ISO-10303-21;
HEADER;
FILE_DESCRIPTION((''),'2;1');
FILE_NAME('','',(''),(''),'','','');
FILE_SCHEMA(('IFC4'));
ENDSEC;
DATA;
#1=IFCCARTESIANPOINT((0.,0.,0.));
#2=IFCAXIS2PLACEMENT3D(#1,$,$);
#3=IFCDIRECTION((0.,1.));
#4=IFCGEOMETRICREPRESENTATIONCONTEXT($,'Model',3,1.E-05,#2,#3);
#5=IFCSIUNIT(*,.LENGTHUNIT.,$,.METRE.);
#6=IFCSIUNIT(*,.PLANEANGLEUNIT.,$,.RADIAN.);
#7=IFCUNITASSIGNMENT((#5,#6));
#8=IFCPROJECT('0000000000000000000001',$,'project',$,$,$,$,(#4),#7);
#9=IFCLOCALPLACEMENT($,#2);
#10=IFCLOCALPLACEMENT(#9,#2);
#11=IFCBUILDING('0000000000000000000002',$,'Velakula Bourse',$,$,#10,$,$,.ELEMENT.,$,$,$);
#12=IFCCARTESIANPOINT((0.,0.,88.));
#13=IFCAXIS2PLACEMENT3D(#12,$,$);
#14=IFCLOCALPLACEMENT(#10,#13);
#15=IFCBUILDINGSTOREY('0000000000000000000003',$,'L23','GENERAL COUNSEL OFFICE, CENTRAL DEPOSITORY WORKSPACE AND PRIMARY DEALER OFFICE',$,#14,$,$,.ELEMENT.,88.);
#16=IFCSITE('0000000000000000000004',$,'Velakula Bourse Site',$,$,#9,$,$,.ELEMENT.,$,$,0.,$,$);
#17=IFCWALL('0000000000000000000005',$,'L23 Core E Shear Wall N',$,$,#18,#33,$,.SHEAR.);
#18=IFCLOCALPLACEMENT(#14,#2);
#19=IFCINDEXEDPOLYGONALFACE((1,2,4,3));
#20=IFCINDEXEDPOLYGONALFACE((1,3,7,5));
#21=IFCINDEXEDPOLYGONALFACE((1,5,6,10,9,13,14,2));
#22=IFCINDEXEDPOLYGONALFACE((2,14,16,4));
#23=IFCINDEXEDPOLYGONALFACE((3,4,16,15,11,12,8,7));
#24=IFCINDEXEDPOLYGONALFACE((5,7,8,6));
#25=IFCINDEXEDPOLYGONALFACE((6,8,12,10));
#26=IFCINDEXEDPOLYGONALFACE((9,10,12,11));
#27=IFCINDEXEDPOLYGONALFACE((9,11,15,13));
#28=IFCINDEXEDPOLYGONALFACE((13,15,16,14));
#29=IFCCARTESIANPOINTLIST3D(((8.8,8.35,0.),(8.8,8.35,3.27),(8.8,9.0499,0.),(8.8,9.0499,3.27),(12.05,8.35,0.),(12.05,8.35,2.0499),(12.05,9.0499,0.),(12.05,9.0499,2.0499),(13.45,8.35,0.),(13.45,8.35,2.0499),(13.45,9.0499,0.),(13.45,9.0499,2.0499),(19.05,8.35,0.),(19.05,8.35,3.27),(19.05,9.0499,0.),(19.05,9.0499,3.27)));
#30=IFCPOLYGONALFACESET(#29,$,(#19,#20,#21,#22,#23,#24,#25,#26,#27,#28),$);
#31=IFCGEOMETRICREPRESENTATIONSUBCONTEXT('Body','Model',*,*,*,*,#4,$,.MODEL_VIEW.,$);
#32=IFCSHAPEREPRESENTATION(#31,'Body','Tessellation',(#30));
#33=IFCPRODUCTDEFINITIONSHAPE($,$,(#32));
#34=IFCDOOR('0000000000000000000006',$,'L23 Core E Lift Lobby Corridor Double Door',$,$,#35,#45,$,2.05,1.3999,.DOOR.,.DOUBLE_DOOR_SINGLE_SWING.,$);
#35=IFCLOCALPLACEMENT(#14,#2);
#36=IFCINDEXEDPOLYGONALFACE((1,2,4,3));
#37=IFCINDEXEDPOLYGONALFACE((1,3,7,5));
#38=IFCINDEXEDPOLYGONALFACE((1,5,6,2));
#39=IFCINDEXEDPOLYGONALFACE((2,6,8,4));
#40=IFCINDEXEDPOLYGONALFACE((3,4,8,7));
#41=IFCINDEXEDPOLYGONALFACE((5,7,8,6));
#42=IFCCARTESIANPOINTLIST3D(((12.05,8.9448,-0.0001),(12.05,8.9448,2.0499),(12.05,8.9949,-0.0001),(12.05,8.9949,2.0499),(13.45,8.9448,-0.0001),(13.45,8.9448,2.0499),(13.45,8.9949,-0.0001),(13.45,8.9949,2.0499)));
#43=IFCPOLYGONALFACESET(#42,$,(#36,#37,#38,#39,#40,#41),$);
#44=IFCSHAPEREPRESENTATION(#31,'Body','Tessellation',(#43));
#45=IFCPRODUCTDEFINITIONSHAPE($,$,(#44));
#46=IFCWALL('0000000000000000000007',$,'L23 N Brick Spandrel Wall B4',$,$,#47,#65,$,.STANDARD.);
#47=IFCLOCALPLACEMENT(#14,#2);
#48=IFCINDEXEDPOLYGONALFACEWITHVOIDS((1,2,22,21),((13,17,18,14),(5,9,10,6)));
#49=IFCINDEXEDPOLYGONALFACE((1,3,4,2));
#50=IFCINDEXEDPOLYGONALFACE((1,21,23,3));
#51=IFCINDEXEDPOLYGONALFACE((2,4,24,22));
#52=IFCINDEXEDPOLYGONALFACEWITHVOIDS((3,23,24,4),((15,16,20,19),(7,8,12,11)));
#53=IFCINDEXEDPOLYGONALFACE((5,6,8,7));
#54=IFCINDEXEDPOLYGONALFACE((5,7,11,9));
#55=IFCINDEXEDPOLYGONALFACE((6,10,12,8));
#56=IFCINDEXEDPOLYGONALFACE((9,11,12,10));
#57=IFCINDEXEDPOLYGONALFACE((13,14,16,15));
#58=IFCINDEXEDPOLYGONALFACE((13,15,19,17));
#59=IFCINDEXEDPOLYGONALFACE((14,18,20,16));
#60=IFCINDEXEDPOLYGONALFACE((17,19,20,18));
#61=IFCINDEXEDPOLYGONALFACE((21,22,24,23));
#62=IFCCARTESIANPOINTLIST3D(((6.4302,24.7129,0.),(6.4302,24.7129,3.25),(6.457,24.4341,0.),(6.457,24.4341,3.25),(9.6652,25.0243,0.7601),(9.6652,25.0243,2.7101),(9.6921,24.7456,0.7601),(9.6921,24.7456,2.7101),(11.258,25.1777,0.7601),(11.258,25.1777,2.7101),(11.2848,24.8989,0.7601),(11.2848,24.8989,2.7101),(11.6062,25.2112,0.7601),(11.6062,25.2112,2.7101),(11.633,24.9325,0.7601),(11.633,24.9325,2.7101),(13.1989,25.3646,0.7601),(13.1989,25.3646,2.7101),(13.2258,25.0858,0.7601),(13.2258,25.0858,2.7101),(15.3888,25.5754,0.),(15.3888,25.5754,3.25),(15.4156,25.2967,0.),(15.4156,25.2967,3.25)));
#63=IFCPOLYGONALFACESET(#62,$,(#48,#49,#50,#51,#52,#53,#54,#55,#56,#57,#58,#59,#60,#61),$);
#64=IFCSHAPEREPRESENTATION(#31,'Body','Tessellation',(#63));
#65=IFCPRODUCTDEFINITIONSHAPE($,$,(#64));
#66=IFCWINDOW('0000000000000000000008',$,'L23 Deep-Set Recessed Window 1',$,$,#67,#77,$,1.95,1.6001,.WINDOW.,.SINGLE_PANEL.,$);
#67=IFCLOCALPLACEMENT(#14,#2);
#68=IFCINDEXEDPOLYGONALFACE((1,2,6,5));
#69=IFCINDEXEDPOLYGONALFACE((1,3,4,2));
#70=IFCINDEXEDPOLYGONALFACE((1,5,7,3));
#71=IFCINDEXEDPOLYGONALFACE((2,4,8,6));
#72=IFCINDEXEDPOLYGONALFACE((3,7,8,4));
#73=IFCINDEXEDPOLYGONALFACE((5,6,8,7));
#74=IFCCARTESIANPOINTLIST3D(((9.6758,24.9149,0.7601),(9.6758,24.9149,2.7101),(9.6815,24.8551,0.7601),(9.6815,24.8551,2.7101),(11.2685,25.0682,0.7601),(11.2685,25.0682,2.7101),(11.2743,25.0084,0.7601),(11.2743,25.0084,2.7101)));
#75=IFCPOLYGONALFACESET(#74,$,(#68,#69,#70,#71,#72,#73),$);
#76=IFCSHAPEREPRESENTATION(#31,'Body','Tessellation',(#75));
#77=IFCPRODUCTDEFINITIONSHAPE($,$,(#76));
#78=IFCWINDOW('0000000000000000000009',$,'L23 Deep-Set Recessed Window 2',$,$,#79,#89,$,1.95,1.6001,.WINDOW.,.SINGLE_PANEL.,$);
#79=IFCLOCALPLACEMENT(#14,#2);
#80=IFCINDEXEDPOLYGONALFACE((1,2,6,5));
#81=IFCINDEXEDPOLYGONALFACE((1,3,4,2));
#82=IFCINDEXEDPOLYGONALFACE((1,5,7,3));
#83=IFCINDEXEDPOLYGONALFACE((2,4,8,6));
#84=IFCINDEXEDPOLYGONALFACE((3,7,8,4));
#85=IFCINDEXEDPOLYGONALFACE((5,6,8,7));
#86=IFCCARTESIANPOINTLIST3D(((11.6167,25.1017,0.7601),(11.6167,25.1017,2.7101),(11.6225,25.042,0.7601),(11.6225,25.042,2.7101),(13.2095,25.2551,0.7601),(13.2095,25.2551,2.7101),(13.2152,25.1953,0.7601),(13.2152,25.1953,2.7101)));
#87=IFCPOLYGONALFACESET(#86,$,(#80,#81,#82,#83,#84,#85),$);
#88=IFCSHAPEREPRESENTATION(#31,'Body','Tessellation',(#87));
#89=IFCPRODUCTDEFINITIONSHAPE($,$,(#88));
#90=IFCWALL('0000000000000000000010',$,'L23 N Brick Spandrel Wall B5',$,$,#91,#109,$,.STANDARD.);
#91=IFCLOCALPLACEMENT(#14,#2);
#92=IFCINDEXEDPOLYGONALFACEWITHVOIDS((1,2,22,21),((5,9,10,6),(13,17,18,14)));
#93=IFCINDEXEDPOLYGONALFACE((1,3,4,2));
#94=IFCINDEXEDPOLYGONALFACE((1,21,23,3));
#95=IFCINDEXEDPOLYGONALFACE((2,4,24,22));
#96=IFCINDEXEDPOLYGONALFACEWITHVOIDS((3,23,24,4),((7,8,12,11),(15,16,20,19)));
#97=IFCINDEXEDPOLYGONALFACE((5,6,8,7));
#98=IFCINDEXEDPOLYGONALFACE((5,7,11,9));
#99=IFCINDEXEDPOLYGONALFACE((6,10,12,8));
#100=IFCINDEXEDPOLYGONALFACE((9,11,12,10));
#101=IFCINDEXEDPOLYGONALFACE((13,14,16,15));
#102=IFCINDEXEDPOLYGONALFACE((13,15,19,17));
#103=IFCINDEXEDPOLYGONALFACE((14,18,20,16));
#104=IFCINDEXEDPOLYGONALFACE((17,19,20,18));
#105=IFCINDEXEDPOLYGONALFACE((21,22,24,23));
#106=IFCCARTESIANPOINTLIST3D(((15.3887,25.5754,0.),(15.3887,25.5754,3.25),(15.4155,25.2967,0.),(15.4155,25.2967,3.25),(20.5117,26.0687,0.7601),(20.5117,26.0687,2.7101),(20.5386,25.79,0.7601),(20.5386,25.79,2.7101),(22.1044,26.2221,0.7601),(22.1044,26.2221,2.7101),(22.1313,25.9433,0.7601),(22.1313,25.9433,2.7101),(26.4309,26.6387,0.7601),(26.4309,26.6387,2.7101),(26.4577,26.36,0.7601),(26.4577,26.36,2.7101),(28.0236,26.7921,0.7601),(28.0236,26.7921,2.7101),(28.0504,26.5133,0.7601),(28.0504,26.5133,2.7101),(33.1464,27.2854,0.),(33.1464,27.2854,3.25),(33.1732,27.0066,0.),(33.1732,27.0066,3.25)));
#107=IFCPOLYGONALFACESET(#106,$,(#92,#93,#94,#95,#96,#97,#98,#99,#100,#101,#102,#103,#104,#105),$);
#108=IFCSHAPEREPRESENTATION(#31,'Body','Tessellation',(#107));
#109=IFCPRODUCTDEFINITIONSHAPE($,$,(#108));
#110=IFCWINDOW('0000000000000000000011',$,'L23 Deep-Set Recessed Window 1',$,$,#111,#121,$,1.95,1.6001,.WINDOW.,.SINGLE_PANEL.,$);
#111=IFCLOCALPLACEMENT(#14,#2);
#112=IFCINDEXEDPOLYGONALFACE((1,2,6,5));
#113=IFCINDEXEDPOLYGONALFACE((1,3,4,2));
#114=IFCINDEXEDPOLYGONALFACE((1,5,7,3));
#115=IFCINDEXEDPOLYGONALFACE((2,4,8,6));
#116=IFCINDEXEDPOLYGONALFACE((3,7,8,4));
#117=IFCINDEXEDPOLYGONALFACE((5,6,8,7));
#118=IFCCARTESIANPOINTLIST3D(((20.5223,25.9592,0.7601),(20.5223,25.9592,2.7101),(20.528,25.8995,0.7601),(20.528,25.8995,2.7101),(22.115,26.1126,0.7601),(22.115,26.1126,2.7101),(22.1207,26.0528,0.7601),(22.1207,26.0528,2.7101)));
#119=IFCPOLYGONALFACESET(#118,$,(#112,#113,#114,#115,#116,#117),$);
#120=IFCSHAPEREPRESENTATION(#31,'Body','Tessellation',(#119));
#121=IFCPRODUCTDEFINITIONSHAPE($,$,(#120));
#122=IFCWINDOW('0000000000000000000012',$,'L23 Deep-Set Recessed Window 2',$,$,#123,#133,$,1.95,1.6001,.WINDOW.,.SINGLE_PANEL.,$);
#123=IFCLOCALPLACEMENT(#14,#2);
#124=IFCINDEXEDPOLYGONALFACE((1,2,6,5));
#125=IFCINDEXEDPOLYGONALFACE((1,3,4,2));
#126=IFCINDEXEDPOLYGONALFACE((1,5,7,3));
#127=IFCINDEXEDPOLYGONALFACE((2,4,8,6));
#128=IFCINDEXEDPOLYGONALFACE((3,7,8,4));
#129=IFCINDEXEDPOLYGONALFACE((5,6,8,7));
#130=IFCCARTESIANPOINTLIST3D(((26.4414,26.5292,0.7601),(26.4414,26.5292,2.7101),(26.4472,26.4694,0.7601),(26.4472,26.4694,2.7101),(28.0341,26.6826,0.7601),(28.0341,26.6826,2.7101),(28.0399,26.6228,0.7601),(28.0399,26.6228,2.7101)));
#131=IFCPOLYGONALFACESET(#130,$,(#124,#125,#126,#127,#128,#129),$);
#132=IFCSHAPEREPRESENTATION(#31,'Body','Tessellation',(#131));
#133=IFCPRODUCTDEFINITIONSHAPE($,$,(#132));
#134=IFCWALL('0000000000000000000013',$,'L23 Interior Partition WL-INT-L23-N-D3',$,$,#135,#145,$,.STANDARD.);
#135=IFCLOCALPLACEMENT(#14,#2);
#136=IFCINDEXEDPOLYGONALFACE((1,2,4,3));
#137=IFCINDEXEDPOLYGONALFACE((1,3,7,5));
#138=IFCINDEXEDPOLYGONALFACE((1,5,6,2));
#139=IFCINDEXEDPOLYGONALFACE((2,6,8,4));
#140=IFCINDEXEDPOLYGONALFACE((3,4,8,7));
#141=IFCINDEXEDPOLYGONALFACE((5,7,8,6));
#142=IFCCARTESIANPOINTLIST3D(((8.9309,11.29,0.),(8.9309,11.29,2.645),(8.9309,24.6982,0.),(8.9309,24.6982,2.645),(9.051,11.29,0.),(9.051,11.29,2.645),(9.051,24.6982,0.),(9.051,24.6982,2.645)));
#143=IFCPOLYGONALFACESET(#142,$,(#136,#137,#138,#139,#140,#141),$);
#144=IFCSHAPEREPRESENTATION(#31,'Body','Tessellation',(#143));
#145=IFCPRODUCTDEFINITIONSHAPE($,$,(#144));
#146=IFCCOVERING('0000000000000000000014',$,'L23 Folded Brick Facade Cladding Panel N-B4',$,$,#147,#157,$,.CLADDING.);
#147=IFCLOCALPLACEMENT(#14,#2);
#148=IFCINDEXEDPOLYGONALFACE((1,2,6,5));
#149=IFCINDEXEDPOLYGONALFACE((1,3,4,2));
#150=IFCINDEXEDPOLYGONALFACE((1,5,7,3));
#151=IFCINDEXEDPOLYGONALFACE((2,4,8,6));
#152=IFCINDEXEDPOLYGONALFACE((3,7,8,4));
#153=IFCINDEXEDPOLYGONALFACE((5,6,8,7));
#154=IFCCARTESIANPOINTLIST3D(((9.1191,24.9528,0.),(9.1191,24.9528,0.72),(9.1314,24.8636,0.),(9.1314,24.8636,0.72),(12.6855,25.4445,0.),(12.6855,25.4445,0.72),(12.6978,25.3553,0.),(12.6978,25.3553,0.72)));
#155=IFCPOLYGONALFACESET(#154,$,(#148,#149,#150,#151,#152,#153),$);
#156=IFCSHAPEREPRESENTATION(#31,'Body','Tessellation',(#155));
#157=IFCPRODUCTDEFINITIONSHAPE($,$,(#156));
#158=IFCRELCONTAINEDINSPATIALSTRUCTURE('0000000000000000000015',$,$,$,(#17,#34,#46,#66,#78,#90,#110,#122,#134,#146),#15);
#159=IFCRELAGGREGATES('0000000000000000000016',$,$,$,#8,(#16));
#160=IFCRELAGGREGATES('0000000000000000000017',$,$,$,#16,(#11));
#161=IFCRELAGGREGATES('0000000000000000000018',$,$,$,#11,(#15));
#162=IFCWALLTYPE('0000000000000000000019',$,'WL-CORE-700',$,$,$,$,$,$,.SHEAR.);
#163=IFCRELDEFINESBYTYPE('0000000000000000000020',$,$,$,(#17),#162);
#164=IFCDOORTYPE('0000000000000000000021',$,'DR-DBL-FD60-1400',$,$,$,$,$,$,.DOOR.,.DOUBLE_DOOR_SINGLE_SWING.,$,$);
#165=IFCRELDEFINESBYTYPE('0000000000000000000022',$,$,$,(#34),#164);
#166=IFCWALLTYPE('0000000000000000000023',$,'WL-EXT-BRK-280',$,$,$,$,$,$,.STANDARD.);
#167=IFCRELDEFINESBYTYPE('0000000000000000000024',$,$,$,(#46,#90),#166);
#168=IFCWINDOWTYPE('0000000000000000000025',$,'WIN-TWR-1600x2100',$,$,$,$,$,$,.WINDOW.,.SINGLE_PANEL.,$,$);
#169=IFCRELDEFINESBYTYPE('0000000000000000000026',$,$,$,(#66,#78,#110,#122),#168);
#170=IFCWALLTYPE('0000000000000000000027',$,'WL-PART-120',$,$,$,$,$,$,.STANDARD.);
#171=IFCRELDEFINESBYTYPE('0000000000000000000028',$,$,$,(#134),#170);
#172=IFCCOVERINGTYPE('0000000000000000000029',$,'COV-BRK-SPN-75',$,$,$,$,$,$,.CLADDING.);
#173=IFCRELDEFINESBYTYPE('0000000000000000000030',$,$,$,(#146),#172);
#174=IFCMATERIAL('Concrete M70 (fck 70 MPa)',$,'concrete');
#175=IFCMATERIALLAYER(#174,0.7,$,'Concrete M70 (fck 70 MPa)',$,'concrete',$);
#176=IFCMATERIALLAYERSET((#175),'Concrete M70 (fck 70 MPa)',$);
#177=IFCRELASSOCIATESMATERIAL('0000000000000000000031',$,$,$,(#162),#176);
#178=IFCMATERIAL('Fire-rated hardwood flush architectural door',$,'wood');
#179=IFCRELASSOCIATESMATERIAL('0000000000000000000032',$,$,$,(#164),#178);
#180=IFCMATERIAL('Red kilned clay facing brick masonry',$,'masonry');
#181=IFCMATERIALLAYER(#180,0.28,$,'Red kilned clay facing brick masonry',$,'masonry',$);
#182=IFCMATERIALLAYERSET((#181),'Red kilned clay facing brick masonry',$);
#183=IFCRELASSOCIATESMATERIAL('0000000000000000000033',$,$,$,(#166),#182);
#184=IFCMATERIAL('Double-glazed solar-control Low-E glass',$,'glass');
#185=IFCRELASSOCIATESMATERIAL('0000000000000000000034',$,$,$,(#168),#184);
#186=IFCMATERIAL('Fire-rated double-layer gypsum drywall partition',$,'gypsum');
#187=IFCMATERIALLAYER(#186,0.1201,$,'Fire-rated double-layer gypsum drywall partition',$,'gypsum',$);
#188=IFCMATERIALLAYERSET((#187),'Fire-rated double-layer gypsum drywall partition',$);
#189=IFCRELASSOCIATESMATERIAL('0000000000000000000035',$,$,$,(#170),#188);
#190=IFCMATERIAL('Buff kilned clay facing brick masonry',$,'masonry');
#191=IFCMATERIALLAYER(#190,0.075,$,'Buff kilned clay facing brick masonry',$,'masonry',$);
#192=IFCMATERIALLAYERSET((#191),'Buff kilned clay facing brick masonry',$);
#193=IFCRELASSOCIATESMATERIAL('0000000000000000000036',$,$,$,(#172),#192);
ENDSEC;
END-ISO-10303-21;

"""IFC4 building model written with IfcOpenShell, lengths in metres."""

from ifc_helpers import new_model, si_unit, direction, frame, frame_2d, origin, origin_2d, place, context, subcontext, project, spatial, rectangle, extrude, material, layer, layer_set, type_object, element, fill, save


model = new_model("IFC4")

# Units and contexts
model_context = context("Model", 3, precision=1e-05, world=origin(), true_north=direction((0.0, 1.0)))
body_context = subcontext(model_context, "Body", "Model", "MODEL_VIEW")
ifc_project = project(units=[si_unit("LENGTHUNIT", "METRE"), si_unit("PLANEANGLEUNIT", "RADIAN")], contexts=[model_context])

# Site, building, storey
site_placement = place(None, origin())
site = spatial("IfcSite", under=ifc_project, at=site_placement, Name="Velakula Bourse Site", CompositionType="ELEMENT", RefElevation=0.0)
building_placement = place(site_placement, origin())
building = spatial("IfcBuilding", under=site, at=building_placement, Name="Velakula Bourse", CompositionType="ELEMENT")
storey_placement = place(building_placement, frame((0.0, 0.0, 88.0)))
storey = spatial("IfcBuildingStorey", under=building, at=storey_placement, Name="L23", Description="GENERAL COUNSEL OFFICE, CENTRAL DEPOSITORY WORKSPACE AND PRIMARY DEALER OFFICE", CompositionType="ELEMENT", Elevation=88.0)

# Wall, opening, door
ifc_material_1 = material(Name="Concrete M70 (fck 70 MPa)", Category="concrete")
ifc_layer_1 = layer(ifc_material_1, 0.7, Name="Concrete M70 (fck 70 MPa)", Category="concrete")
ifc_layer_set_1 = layer_set([ifc_layer_1], Name="Concrete M70 (fck 70 MPa)")
wall_type_1 = type_object("IfcWallType", Name="WL-CORE-700", PredefinedType="SHEAR", material=ifc_layer_set_1)
wall_1_placement = place(storey_placement, frame((8.8, 8.7, 0.0), z_axis=(0.0, 0.0, 1.0), x_axis=(1.0, 0.0, 0.0)))
wall_1 = element("IfcWall", 1, at=wall_1_placement, inside=storey, type_object=wall_type_1, Name="L23 Core E Shear Wall N", PredefinedType="SHEAR", context=body_context, shape_type="SweptSolid", body=[
    extrude(rectangle(XDim=10.25, YDim=0.7, at=frame_2d((5.125, 0.0))), origin(), (0.0, 0.0, 1.0), 3.27),
])
opening_1_placement = place(wall_1_placement, frame((3.25, 0.0, 0.0)))
opening_1 = element("IfcOpeningElement", 2, at=opening_1_placement, cuts=wall_1, PredefinedType="OPENING", context=body_context, shape_type="SweptSolid", body=[
    extrude(rectangle(XDim=1.3999, YDim=2.05, at=frame_2d((0.7, 1.0249))), frame((0.0, 0.3599, 0.0), z_axis=(0.0, -1.0, 0.0), x_axis=(1.0, 0.0, 0.0)), (0.0, 0.0, 1.0), 0.72),
])
ifc_material_2 = material(Name="Fire-rated hardwood flush architectural door", Category="wood")
door_type = type_object("IfcDoorType", Name="DR-DBL-FD60-1400", OperationType="DOUBLE_DOOR_SINGLE_SWING", PredefinedType="DOOR", material=ifc_material_2)
door_placement = place(opening_1_placement, origin())
door = element("IfcDoor", 3, at=door_placement, inside=storey, type_object=door_type, Name="L23 Core E Lift Lobby Corridor Double Door", OperationType="DOUBLE_DOOR_SINGLE_SWING", OverallHeight=2.05, OverallWidth=1.3999, PredefinedType="DOOR", context=body_context, shape_type="SweptSolid", body=[
    extrude(rectangle(XDim=1.3999, YDim=2.05, at=frame_2d((0.7, 1.0249))), frame((0.0, 0.2949, 0.0), z_axis=(0.0, -1.0, 0.0), x_axis=(1.0, 0.0, 0.0)), (0.0, 0.0, 1.0), 0.05),
])
fill(opening_1, door)

# Walls, openings, windows
ifc_material_3 = material(Name="Red kilned clay facing brick masonry", Category="masonry")
ifc_layer_2 = layer(ifc_material_3, 0.28, Name="Red kilned clay facing brick masonry", Category="masonry")
ifc_layer_set_2 = layer_set([ifc_layer_2], Name="Red kilned clay facing brick masonry")
wall_type_2 = type_object("IfcWallType", Name="WL-EXT-BRK-280", PredefinedType="STANDARD", material=ifc_layer_set_2)
wall_2_placement = place(storey_placement, frame((6.4436, 24.5735, 0.0), z_axis=(0.0, 0.0, 1.0), x_axis=(0.995397, 0.09584, 0.0)))
wall_2 = element("IfcWall", 4, at=wall_2_placement, inside=storey, type_object=wall_type_2, Name="L23 N Brick Spandrel Wall B4", PredefinedType="STANDARD", context=body_context, shape_type="SweptSolid", body=[
    extrude(rectangle(XDim=9.0, YDim=0.28, at=frame_2d((4.5, 0.0))), origin(), (0.0, 0.0, 1.0), 3.25),
])
opening_2_placement = place(wall_2_placement, frame((3.25, 0.0, 0.76)))
opening_2 = element("IfcOpeningElement", 5, at=opening_2_placement, cuts=wall_2, PredefinedType="OPENING", context=body_context, shape_type="SweptSolid", body=[
    extrude(rectangle(XDim=1.6001, YDim=1.95, at=frame_2d((0.8, 0.9751))), frame((0.0, 0.1499, 0.0), z_axis=(0.0, -1.0, 0.0), x_axis=(1.0, 0.0, 0.0)), (0.0, 0.0, 1.0), 0.3),
])
opening_3_placement = place(wall_2_placement, frame((5.2, 0.0, 0.76)))
opening_3 = element("IfcOpeningElement", 6, at=opening_3_placement, cuts=wall_2, PredefinedType="OPENING", context=body_context, shape_type="SweptSolid", body=[
    extrude(rectangle(XDim=1.6001, YDim=1.95, at=frame_2d((0.8, 0.9751))), frame((0.0, 0.1499, 0.0), z_axis=(0.0, -1.0, 0.0), x_axis=(1.0, 0.0, 0.0)), (0.0, 0.0, 1.0), 0.3),
])
ifc_material_4 = material(Name="Double-glazed solar-control Low-E glass", Category="glass")
window_type = type_object("IfcWindowType", Name="WIN-TWR-1600x2100", PartitioningType="SINGLE_PANEL", PredefinedType="WINDOW", material=ifc_material_4)
window_1_placement = place(opening_2_placement, origin())
window_1 = element("IfcWindow", 7, at=window_1_placement, inside=storey, type_object=window_type, Name="L23 Deep-Set Recessed Window 1", OverallHeight=1.95, OverallWidth=1.6001, PartitioningType="SINGLE_PANEL", PredefinedType="WINDOW", context=body_context, shape_type="SweptSolid", body=[
    extrude(rectangle(XDim=1.6001, YDim=1.95, at=frame_2d((0.8, 0.9751))), frame((0.0, 0.03, 0.0), z_axis=(0.0, -1.0, 0.0), x_axis=(1.0, 0.0, 0.0)), (0.0, 0.0, 1.0), 0.0601),
])
fill(opening_2, window_1)
window_2_placement = place(opening_3_placement, origin())
window_2 = element("IfcWindow", 8, at=window_2_placement, inside=storey, type_object=window_type, Name="L23 Deep-Set Recessed Window 2", OverallHeight=1.95, OverallWidth=1.6001, PartitioningType="SINGLE_PANEL", PredefinedType="WINDOW", context=body_context, shape_type="SweptSolid", body=[
    extrude(rectangle(XDim=1.6001, YDim=1.95, at=frame_2d((0.8, 0.9751))), frame((0.0, 0.03, 0.0), z_axis=(0.0, -1.0, 0.0), x_axis=(1.0, 0.0, 0.0)), (0.0, 0.0, 1.0), 0.0601),
])
fill(opening_3, window_2)
wall_3_placement = place(storey_placement, frame((15.4021, 25.436, 0.0), z_axis=(0.0, 0.0, 1.0), x_axis=(0.995396, 0.09585, 0.0)))
wall_3 = element("IfcWall", 9, at=wall_3_placement, inside=storey, type_object=wall_type_2, Name="L23 N Brick Spandrel Wall B5", PredefinedType="STANDARD", context=body_context, shape_type="SweptSolid", body=[
    extrude(rectangle(XDim=17.8398, YDim=0.28, at=frame_2d((8.9199, 0.0))), origin(), (0.0, 0.0, 1.0), 3.25),
])
opening_4_placement = place(wall_3_placement, frame((5.1467, 0.0, 0.76)))
opening_4 = element("IfcOpeningElement", 10, at=opening_4_placement, cuts=wall_3, PredefinedType="OPENING", context=body_context, shape_type="SweptSolid", body=[
    extrude(rectangle(XDim=1.6001, YDim=1.95, at=frame_2d((0.8, 0.9751))), frame((0.0, 0.1499, 0.0), z_axis=(0.0, -1.0, 0.0), x_axis=(1.0, 0.0, 0.0)), (0.0, 0.0, 1.0), 0.3),
])
opening_5_placement = place(wall_3_placement, frame((11.0933, 0.0, 0.76)))
opening_5 = element("IfcOpeningElement", 11, at=opening_5_placement, cuts=wall_3, PredefinedType="OPENING", context=body_context, shape_type="SweptSolid", body=[
    extrude(rectangle(XDim=1.6001, YDim=1.95, at=frame_2d((0.8, 0.9751))), frame((0.0, 0.1499, 0.0), z_axis=(0.0, -1.0, 0.0), x_axis=(1.0, 0.0, 0.0)), (0.0, 0.0, 1.0), 0.3),
])
window_3_placement = place(opening_4_placement, origin())
window_3 = element("IfcWindow", 12, at=window_3_placement, inside=storey, type_object=window_type, Name="L23 Deep-Set Recessed Window 1", OverallHeight=1.95, OverallWidth=1.6001, PartitioningType="SINGLE_PANEL", PredefinedType="WINDOW", context=body_context, shape_type="SweptSolid", body=[
    extrude(rectangle(XDim=1.6001, YDim=1.95, at=frame_2d((0.8, 0.9751))), frame((0.0, 0.03, 0.0), z_axis=(0.0, -1.0, 0.0), x_axis=(1.0, 0.0, 0.0)), (0.0, 0.0, 1.0), 0.0601),
])
fill(opening_4, window_3)
window_4_placement = place(opening_5_placement, origin())
window_4 = element("IfcWindow", 13, at=window_4_placement, inside=storey, type_object=window_type, Name="L23 Deep-Set Recessed Window 2", OverallHeight=1.95, OverallWidth=1.6001, PartitioningType="SINGLE_PANEL", PredefinedType="WINDOW", context=body_context, shape_type="SweptSolid", body=[
    extrude(rectangle(XDim=1.6001, YDim=1.95, at=frame_2d((0.8, 0.9751))), frame((0.0, 0.03, 0.0), z_axis=(0.0, -1.0, 0.0), x_axis=(1.0, 0.0, 0.0)), (0.0, 0.0, 1.0), 0.0601),
])
fill(opening_5, window_4)

# Wall
ifc_material_5 = material(Name="Fire-rated double-layer gypsum drywall partition", Category="gypsum")
ifc_layer_3 = layer(ifc_material_5, 0.1201, Name="Fire-rated double-layer gypsum drywall partition", Category="gypsum")
ifc_layer_set_3 = layer_set([ifc_layer_3], Name="Fire-rated double-layer gypsum drywall partition")
wall_type_3 = type_object("IfcWallType", Name="WL-PART-120", PredefinedType="STANDARD", material=ifc_layer_set_3)
wall_4_placement = place(storey_placement, frame((8.991, 11.29, 0.0), z_axis=(0.0, 0.0, 1.0), x_axis=(0.0, 1.0, 0.0)))
element("IfcWall", 14, at=wall_4_placement, inside=storey, type_object=wall_type_3, Name="L23 Interior Partition WL-INT-L23-N-D3", PredefinedType="STANDARD", context=body_context, shape_type="SweptSolid", body=[
    extrude(rectangle(XDim=13.4082, YDim=0.1201, at=frame_2d((6.7041, 0.0))), origin(), (0.0, 0.0, 1.0), 2.645),
])

# Covering
ifc_material_6 = material(Name="Buff kilned clay facing brick masonry", Category="masonry")
ifc_layer_4 = layer(ifc_material_6, 0.075, Name="Buff kilned clay facing brick masonry", Category="masonry")
ifc_layer_set_4 = layer_set([ifc_layer_4], Name="Buff kilned clay facing brick masonry")
covering_type = type_object("IfcCoveringType", Name="COV-BRK-SPN-75", PredefinedType="CLADDING", material=ifc_layer_set_4)
covering_placement = place(storey_placement, frame((10.9084, 25.1541, 0.0), z_axis=(0.0, 0.0, 1.0), x_axis=(0.990629, 0.13658, 0.0)))
element("IfcCovering", 15, at=covering_placement, inside=storey, type_object=covering_type, Name="L23 Folded Brick Facade Cladding Panel N-B4", PredefinedType="CLADDING", context=body_context, shape_type="SweptSolid", body=[
    extrude(rectangle(XDim=3.6001, YDim=0.0901, at=origin_2d()), origin(), (0.0, 0.0, 1.0), 0.72),
])

save(model, "model.ifc")
